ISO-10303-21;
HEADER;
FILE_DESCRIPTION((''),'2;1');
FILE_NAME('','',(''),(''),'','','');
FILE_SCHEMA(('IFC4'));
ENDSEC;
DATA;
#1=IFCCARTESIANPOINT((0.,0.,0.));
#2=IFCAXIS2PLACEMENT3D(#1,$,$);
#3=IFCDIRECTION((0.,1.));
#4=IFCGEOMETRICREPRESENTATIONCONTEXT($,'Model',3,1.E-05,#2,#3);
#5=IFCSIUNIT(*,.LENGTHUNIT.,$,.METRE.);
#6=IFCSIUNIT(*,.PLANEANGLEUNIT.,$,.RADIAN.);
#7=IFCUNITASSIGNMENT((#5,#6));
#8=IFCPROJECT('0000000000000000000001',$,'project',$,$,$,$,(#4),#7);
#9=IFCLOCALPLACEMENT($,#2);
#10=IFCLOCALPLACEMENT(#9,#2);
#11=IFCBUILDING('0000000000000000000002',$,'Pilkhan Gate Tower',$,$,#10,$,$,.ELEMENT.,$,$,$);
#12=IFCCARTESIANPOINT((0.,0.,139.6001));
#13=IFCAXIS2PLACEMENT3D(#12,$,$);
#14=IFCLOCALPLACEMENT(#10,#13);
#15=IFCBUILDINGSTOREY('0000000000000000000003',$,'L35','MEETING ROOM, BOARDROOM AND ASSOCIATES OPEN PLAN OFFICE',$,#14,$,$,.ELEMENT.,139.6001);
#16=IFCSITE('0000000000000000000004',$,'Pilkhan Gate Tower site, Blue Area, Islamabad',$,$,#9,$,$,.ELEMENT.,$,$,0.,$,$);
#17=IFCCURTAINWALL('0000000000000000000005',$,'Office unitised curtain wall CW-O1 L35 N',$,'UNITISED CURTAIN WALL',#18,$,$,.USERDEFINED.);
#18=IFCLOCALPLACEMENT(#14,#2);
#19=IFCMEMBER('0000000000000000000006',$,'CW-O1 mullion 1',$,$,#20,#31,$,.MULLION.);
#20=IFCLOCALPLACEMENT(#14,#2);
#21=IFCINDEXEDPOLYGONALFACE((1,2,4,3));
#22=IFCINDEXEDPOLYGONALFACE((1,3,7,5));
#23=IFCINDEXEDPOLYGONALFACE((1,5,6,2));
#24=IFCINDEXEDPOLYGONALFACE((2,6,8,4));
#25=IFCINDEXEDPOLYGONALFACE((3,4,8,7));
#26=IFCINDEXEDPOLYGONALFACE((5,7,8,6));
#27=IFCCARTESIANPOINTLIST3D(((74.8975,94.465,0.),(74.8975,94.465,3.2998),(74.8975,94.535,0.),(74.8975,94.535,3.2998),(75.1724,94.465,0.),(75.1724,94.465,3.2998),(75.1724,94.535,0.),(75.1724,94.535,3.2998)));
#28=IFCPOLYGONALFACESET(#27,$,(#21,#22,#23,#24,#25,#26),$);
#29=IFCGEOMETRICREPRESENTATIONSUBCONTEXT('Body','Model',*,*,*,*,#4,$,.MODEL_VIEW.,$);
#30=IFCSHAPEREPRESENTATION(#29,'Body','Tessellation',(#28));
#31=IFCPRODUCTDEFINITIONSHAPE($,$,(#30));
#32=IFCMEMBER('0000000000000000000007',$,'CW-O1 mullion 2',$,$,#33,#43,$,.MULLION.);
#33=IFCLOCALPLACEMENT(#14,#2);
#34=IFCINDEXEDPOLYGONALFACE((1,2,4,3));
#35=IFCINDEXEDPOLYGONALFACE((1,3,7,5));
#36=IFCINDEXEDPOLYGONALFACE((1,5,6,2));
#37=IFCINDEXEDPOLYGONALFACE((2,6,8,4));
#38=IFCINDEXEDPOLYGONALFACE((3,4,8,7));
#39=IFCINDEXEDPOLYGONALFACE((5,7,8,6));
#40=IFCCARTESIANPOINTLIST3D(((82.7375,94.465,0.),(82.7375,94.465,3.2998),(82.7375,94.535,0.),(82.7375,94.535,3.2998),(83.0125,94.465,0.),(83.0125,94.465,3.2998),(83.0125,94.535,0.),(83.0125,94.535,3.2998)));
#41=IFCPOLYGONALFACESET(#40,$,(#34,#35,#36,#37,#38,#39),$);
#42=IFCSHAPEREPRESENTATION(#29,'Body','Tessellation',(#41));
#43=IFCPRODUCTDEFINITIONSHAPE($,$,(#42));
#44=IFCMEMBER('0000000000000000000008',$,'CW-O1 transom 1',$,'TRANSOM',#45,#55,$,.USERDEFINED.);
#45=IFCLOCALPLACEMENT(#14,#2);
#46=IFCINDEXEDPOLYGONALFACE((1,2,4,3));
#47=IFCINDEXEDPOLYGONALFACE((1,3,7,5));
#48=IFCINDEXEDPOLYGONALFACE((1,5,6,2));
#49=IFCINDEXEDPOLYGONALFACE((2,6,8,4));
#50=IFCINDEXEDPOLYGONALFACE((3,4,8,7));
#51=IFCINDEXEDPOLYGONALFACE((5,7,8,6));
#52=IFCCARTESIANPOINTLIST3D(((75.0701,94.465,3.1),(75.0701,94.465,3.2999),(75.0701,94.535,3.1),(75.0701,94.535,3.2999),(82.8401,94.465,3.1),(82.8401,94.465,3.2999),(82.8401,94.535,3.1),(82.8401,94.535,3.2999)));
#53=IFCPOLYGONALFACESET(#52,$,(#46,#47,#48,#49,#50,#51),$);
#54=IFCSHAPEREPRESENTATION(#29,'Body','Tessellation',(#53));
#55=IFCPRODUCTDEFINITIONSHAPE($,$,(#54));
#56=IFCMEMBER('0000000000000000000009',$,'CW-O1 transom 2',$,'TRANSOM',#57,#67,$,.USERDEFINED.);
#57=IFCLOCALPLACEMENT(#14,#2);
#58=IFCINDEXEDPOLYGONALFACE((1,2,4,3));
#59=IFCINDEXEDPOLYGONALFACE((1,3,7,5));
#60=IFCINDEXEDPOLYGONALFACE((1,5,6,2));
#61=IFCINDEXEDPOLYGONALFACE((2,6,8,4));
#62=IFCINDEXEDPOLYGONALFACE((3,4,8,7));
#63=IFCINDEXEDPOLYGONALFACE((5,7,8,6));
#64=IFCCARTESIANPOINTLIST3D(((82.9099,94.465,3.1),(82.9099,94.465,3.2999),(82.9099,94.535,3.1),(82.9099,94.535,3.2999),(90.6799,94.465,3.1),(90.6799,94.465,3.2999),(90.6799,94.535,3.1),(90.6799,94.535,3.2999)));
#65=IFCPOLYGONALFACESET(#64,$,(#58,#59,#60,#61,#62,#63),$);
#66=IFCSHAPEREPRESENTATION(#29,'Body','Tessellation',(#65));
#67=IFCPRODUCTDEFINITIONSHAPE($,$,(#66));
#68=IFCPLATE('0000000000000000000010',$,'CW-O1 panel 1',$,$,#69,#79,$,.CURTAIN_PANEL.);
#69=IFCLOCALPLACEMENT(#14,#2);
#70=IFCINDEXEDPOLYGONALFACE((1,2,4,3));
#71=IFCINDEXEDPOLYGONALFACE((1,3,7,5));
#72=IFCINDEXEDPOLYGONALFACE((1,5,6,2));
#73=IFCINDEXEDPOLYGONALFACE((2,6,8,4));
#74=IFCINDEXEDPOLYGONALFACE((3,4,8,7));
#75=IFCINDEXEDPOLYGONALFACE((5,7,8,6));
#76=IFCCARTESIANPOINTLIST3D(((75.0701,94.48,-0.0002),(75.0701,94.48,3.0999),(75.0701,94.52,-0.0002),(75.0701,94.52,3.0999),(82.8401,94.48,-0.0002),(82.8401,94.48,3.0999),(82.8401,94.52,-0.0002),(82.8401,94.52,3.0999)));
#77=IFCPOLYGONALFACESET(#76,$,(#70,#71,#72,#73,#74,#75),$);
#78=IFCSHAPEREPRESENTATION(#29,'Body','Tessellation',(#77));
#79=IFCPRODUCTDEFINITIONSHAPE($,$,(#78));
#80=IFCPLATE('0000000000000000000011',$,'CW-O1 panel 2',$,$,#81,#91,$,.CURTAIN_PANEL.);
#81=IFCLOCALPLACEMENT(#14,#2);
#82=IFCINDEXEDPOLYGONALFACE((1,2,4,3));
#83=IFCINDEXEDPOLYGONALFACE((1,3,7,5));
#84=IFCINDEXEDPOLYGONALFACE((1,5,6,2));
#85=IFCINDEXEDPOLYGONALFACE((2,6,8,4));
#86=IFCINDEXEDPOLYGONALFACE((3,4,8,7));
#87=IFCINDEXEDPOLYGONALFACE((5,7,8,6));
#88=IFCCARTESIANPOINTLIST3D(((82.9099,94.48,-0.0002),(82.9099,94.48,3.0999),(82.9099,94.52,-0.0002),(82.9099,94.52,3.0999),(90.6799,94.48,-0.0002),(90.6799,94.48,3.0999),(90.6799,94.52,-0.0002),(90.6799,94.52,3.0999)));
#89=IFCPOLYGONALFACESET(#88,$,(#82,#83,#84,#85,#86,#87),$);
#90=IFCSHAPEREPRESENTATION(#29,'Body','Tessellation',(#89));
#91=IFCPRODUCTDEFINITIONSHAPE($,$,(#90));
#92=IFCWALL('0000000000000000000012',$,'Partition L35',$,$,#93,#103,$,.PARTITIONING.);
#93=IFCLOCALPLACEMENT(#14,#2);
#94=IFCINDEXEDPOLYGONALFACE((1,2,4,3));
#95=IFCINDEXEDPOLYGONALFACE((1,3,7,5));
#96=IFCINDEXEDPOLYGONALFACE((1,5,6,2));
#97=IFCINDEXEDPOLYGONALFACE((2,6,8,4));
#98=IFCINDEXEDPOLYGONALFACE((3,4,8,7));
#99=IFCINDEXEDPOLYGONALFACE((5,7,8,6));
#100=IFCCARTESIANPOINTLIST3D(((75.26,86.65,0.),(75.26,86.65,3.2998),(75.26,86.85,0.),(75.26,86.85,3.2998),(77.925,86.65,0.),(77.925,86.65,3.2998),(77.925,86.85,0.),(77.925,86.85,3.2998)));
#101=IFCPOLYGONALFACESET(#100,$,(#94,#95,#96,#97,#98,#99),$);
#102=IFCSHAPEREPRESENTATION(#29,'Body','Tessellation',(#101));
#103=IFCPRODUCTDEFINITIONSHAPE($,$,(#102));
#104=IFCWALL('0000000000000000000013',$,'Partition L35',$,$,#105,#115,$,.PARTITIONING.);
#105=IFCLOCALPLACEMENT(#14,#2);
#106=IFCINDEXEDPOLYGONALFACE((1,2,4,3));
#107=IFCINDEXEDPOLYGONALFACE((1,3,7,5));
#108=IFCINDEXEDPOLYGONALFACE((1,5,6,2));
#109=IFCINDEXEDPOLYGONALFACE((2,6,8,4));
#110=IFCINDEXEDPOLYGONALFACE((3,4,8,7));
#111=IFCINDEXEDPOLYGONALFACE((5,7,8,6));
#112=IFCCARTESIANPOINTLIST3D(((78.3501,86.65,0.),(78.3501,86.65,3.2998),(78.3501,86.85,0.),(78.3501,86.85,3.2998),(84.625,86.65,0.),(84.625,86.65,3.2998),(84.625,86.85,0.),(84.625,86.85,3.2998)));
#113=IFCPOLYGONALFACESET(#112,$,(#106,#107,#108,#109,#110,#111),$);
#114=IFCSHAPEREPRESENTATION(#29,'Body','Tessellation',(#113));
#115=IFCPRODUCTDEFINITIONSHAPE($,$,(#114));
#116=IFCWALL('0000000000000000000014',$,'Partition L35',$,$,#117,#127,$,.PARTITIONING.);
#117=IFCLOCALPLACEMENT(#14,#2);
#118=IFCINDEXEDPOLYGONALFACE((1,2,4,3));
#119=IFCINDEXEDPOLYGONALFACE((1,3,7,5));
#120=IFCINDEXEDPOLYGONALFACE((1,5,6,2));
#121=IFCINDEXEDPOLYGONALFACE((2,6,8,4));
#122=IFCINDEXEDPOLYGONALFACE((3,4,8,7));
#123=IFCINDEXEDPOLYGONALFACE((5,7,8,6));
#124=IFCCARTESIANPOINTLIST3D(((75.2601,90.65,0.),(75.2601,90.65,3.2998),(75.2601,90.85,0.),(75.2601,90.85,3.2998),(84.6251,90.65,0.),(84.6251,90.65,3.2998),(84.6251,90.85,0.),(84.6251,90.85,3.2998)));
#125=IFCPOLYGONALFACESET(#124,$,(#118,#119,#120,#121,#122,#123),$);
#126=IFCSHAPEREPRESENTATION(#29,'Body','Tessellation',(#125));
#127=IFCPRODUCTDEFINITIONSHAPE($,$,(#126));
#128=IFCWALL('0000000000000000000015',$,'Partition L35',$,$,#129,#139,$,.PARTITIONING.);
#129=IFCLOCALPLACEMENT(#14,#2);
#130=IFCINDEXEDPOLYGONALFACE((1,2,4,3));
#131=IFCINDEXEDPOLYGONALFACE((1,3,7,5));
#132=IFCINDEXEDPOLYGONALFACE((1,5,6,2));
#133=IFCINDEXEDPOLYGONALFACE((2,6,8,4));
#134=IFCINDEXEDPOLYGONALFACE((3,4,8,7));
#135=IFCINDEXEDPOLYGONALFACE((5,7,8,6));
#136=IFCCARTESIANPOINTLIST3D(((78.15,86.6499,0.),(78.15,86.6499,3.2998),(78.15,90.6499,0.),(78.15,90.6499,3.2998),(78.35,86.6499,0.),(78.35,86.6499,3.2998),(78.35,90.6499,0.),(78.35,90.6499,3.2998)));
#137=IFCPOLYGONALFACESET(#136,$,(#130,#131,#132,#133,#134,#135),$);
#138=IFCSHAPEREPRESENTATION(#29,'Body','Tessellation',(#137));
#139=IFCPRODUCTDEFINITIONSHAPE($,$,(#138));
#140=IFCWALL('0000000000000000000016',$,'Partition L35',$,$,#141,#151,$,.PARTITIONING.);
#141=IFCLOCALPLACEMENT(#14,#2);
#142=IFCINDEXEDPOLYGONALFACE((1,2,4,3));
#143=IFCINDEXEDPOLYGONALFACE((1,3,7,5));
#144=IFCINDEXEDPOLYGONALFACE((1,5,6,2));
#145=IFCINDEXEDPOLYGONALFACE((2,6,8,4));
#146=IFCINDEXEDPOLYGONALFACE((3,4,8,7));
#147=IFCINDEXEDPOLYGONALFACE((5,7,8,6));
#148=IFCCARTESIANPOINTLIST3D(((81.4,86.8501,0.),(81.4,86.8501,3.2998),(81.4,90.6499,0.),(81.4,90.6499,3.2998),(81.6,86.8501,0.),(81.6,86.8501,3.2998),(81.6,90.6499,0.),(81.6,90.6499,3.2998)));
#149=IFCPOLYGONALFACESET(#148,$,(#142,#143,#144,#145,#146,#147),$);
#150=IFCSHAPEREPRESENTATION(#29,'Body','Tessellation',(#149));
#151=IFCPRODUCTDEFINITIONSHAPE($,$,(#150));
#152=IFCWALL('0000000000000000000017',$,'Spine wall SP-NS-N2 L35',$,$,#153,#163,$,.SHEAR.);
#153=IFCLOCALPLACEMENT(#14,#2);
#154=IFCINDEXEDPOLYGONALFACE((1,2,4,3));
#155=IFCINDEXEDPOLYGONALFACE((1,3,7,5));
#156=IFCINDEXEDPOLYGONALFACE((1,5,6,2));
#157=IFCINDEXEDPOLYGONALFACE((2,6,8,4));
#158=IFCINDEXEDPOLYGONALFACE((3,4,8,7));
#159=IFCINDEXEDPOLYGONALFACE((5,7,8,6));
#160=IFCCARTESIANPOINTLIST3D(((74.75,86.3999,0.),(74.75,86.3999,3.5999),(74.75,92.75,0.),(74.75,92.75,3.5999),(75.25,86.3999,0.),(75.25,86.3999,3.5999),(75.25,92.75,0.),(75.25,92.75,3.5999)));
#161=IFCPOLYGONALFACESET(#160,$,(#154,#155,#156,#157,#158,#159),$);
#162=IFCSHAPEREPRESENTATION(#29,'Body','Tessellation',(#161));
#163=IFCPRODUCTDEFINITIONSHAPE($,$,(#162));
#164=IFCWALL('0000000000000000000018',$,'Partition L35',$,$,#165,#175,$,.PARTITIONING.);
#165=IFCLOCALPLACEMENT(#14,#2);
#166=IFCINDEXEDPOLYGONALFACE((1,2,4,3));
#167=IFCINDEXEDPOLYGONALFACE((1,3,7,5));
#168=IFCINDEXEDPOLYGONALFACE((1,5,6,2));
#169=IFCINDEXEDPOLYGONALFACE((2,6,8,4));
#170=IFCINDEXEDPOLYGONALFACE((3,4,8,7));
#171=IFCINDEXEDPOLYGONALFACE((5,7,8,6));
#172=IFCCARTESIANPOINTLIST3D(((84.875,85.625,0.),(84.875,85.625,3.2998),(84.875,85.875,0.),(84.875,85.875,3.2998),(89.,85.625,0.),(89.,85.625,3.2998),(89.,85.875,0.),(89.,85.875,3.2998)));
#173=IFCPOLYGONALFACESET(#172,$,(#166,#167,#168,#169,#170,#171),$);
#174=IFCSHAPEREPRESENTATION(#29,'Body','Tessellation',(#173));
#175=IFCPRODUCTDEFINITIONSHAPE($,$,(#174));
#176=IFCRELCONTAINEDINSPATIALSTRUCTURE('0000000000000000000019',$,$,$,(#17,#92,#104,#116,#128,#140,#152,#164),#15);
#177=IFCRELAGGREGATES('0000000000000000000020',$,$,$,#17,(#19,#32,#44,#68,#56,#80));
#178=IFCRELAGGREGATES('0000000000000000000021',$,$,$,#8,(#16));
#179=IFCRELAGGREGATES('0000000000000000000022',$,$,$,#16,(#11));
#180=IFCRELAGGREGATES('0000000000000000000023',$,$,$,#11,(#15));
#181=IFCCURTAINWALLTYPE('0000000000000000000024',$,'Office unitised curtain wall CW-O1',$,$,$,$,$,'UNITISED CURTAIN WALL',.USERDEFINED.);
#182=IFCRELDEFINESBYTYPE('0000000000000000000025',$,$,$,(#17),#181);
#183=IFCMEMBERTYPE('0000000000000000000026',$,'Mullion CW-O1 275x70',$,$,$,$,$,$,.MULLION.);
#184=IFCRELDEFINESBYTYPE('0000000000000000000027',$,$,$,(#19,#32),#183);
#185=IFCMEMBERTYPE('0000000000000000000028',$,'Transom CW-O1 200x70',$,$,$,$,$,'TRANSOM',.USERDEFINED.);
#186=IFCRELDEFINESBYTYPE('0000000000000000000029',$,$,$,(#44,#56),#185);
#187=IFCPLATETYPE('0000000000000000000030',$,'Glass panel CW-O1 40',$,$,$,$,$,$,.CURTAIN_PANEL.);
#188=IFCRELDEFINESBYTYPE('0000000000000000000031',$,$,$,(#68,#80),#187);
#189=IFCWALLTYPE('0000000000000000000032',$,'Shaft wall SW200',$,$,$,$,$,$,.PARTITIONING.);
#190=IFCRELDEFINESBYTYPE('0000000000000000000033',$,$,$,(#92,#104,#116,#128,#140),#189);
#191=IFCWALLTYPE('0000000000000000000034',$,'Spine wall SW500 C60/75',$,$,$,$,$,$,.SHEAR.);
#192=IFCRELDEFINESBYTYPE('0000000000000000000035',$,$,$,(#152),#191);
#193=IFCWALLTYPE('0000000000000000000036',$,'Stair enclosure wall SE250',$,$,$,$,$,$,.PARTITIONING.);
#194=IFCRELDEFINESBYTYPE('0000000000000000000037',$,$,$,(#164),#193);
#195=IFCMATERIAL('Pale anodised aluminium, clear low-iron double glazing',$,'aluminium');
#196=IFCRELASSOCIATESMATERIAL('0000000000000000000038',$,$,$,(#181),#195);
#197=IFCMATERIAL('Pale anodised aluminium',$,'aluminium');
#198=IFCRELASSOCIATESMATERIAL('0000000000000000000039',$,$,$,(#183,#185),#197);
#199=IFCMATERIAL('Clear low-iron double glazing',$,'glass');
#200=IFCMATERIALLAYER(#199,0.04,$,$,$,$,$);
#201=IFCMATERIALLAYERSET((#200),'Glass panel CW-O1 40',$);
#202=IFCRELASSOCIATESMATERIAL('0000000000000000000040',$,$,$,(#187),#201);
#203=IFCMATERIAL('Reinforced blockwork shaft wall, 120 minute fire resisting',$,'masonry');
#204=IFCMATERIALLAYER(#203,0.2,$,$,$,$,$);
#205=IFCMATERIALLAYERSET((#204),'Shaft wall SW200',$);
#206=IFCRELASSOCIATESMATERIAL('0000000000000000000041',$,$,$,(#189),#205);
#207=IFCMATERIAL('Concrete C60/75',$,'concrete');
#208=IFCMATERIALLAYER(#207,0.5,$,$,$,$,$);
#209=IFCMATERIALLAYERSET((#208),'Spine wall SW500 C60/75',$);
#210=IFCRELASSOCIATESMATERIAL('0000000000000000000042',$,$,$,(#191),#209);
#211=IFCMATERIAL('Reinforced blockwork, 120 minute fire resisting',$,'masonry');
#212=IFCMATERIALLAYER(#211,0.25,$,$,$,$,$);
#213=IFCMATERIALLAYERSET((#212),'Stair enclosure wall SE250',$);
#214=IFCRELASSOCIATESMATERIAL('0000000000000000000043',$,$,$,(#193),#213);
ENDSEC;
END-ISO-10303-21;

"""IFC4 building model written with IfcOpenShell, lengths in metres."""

from ifc_helpers import new_model, si_unit, direction, frame, frame_2d, origin, origin_2d, place, context, subcontext, project, spatial, rectangle, extrude, material, layer, layer_set, material_profile, profile_set, type_object, element, aggregate, save


model = new_model("IFC4")

# Units and contexts
model_context = context("Model", 3, precision=1e-05, world=origin(), true_north=direction((0.0, 1.0)))
body_context = subcontext(model_context, "Body", "Model", "MODEL_VIEW")
ifc_project = project(units=[si_unit("LENGTHUNIT", "METRE"), si_unit("PLANEANGLEUNIT", "RADIAN")], contexts=[model_context])

# Site, building, storey
site_placement = place(None, origin())
site = spatial("IfcSite", under=ifc_project, at=site_placement, Name="Pilkhan Gate Tower site, Blue Area, Islamabad", CompositionType="ELEMENT", RefElevation=0.0)
building_placement = place(site_placement, origin())
building = spatial("IfcBuilding", under=site, at=building_placement, Name="Pilkhan Gate Tower", CompositionType="ELEMENT")
storey_placement = place(building_placement, frame((0.0, 0.0, 139.6001)))
storey = spatial("IfcBuildingStorey", under=building, at=storey_placement, Name="L35", Description="MEETING ROOM, BOARDROOM AND ASSOCIATES OPEN PLAN OFFICE", CompositionType="ELEMENT", Elevation=139.6001)

# Curtain wall, members, plates
ifc_material_1 = material(Name="Pale anodised aluminium, clear low-iron double glazing", Category="aluminium")
curtain_wall_type = type_object("IfcCurtainWallType", Name="Office unitised curtain wall CW-O1", ElementType="UNITISED CURTAIN WALL", PredefinedType="USERDEFINED", material=ifc_material_1)
curtain_wall_placement = place(storey_placement, origin())
curtain_wall = element("IfcCurtainWall", 1, at=curtain_wall_placement, inside=storey, type_object=curtain_wall_type, Name="Office unitised curtain wall CW-O1 L35 N", ObjectType="UNITISED CURTAIN WALL", PredefinedType="USERDEFINED")
ifc_material_2 = material(Name="Pale anodised aluminium", Category="aluminium")
ifc_material_profile_1 = material_profile(ifc_material_2, rectangle(XDim=0.0701, YDim=0.2749, at=origin_2d()), Name="Mullion 275x70")
ifc_profile_set_1 = profile_set([ifc_material_profile_1], Name="Pale anodised aluminium")
member_type_1 = type_object("IfcMemberType", Name="Mullion CW-O1 275x70", PredefinedType="MULLION", material=ifc_profile_set_1)
member_1_placement = place(storey_placement, frame((75.0349, 94.5, 0.0), z_axis=(0.0, 0.0, 1.0), x_axis=(0.0, 1.0, 0.0)))
member_1 = element("IfcMember", 2, at=member_1_placement, type_object=member_type_1, Name="CW-O1 mullion 1", PredefinedType="MULLION", context=body_context, shape_type="SweptSolid", body=[
    extrude(rectangle(XDim=0.0701, YDim=0.2749, at=origin_2d()), origin(), (0.0, 0.0, 1.0), 3.2998),
])
member_2_placement = place(storey_placement, frame((82.875, 94.5, 0.0), z_axis=(0.0, 0.0, 1.0), x_axis=(0.0, 1.0, 0.0)))
member_2 = element("IfcMember", 3, at=member_2_placement, type_object=member_type_1, Name="CW-O1 mullion 2", PredefinedType="MULLION", context=body_context, shape_type="SweptSolid", body=[
    extrude(rectangle(XDim=0.0701, YDim=0.2749, at=origin_2d()), origin(), (0.0, 0.0, 1.0), 3.2998),
])
ifc_material_profile_2 = material_profile(ifc_material_2, rectangle(XDim=0.0701, YDim=0.2, at=origin_2d()), Name="Transom 200x70")
ifc_profile_set_2 = profile_set([ifc_material_profile_2], Name="Pale anodised aluminium")
member_type_2 = type_object("IfcMemberType", Name="Transom CW-O1 200x70", ElementType="TRANSOM", PredefinedType="USERDEFINED", material=ifc_profile_set_2)
member_3_placement = place(storey_placement, frame((75.0701, 94.5, 3.2), z_axis=(1.0, 0.0, 0.0), x_axis=(0.0, 1.0, 0.0)))
member_3 = element("IfcMember", 4, at=member_3_placement, type_object=member_type_2, Name="CW-O1 transom 1", ObjectType="TRANSOM", PredefinedType="USERDEFINED", context=body_context, shape_type="SweptSolid", body=[
    extrude(rectangle(XDim=0.0701, YDim=0.2, at=origin_2d()), origin(), (0.0, 0.0, 1.0), 7.77),
])
member_4_placement = place(storey_placement, frame((82.9099, 94.5, 3.2), z_axis=(1.0, 0.0, 0.0), x_axis=(0.0, 1.0, 0.0)))
member_4 = element("IfcMember", 5, at=member_4_placement, type_object=member_type_2, Name="CW-O1 transom 2", ObjectType="TRANSOM", PredefinedType="USERDEFINED", context=body_context, shape_type="SweptSolid", body=[
    extrude(rectangle(XDim=0.0701, YDim=0.2, at=origin_2d()), origin(), (0.0, 0.0, 1.0), 7.77),
])
ifc_material_3 = material(Name="Clear low-iron double glazing", Category="glass")
ifc_layer_1 = layer(ifc_material_3, 0.04)
ifc_layer_set_1 = layer_set([ifc_layer_1], Name="Glass panel CW-O1 40")
plate_type = type_object("IfcPlateType", Name="Glass panel CW-O1 40", PredefinedType="CURTAIN_PANEL", material=ifc_layer_set_1)
plate_1_placement = place(storey_placement, frame((78.9551, 94.5, -0.0002), z_axis=(0.0, 0.0, 1.0), x_axis=(1.0, 0.0, 0.0)))
plate_1 = element("IfcPlate", 6, at=plate_1_placement, type_object=plate_type, Name="CW-O1 panel 1", PredefinedType="CURTAIN_PANEL", context=body_context, shape_type="SweptSolid", body=[
    extrude(rectangle(XDim=7.77, YDim=0.04, at=origin_2d()), origin(), (0.0, 0.0, 1.0), 3.1001),
])
plate_2_placement = place(storey_placement, frame((86.7949, 94.5, -0.0002), z_axis=(0.0, 0.0, 1.0), x_axis=(1.0, 0.0, 0.0)))
plate_2 = element("IfcPlate", 7, at=plate_2_placement, type_object=plate_type, Name="CW-O1 panel 2", PredefinedType="CURTAIN_PANEL", context=body_context, shape_type="SweptSolid", body=[
    extrude(rectangle(XDim=7.77, YDim=0.04, at=origin_2d()), origin(), (0.0, 0.0, 1.0), 3.1001),
])
aggregate(curtain_wall, [member_1, member_2, member_3, plate_1, member_4, plate_2])

# Walls
ifc_material_4 = material(Name="Reinforced blockwork shaft wall, 120 minute fire resisting", Category="masonry")
ifc_layer_2 = layer(ifc_material_4, 0.2)
ifc_layer_set_2 = layer_set([ifc_layer_2], Name="Shaft wall SW200")
wall_type_1 = type_object("IfcWallType", Name="Shaft wall SW200", PredefinedType="PARTITIONING", material=ifc_layer_set_2)
wall_1_placement = place(storey_placement, frame((75.26, 86.75, 0.0), z_axis=(0.0, 0.0, 1.0), x_axis=(1.0, 0.0, 0.0)))
element("IfcWall", 8, at=wall_1_placement, inside=storey, type_object=wall_type_1, Name="Partition L35", PredefinedType="PARTITIONING", context=body_context, shape_type="SweptSolid", body=[
    extrude(rectangle(XDim=2.665, YDim=0.2, at=frame_2d((1.3325, 0.0))), origin(), (0.0, 0.0, 1.0), 3.2998),
])
wall_2_placement = place(storey_placement, frame((78.3501, 86.75, 0.0), z_axis=(0.0, 0.0, 1.0), x_axis=(1.0, 0.0, 0.0)))
element("IfcWall", 9, at=wall_2_placement, inside=storey, type_object=wall_type_1, Name="Partition L35", PredefinedType="PARTITIONING", context=body_context, shape_type="SweptSolid", body=[
    extrude(rectangle(XDim=6.2749, YDim=0.2, at=frame_2d((3.1375, 0.0))), origin(), (0.0, 0.0, 1.0), 3.2998),
])
wall_3_placement = place(storey_placement, frame((75.26, 90.75, 0.0), z_axis=(0.0, 0.0, 1.0), x_axis=(1.0, 0.0, 0.0)))
element("IfcWall", 10, at=wall_3_placement, inside=storey, type_object=wall_type_1, Name="Partition L35", PredefinedType="PARTITIONING", context=body_context, shape_type="SweptSolid", body=[
    extrude(rectangle(XDim=9.365, YDim=0.2, at=frame_2d((4.6826, 0.0))), origin(), (0.0, 0.0, 1.0), 3.2998),
])
wall_4_placement = place(storey_placement, frame((78.25, 86.6499, 0.0), z_axis=(0.0, 0.0, 1.0), x_axis=(0.0, 1.0, 0.0)))
element("IfcWall", 11, at=wall_4_placement, inside=storey, type_object=wall_type_1, Name="Partition L35", PredefinedType="PARTITIONING", context=body_context, shape_type="SweptSolid", body=[
    extrude(rectangle(XDim=4.0, YDim=0.2, at=frame_2d((2.0, 0.0))), origin(), (0.0, 0.0, 1.0), 3.2998),
])
wall_5_placement = place(storey_placement, frame((81.5, 86.8501, 0.0), z_axis=(0.0, 0.0, 1.0), x_axis=(0.0, 1.0, 0.0)))
element("IfcWall", 12, at=wall_5_placement, inside=storey, type_object=wall_type_1, Name="Partition L35", PredefinedType="PARTITIONING", context=body_context, shape_type="SweptSolid", body=[
    extrude(rectangle(XDim=3.7998, YDim=0.2, at=frame_2d((1.8999, 0.0))), origin(), (0.0, 0.0, 1.0), 3.2998),
])
ifc_material_5 = material(Name="Concrete C60/75", Category="concrete")
ifc_layer_3 = layer(ifc_material_5, 0.5)
ifc_layer_set_3 = layer_set([ifc_layer_3], Name="Spine wall SW500 C60/75")
wall_type_2 = type_object("IfcWallType", Name="Spine wall SW500 C60/75", PredefinedType="SHEAR", material=ifc_layer_set_3)
wall_6_placement = place(storey_placement, frame((75.0, 86.3999, 0.0), z_axis=(0.0, 0.0, 1.0), x_axis=(0.0, 1.0, 0.0)))
element("IfcWall", 13, at=wall_6_placement, inside=storey, type_object=wall_type_2, Name="Spine wall SP-NS-N2 L35", PredefinedType="SHEAR", context=body_context, shape_type="SweptSolid", body=[
    extrude(rectangle(XDim=6.3501, YDim=0.5, at=frame_2d((3.175, 0.0))), origin(), (0.0, 0.0, 1.0), 3.5999),
])
ifc_material_6 = material(Name="Reinforced blockwork, 120 minute fire resisting", Category="masonry")
ifc_layer_4 = layer(ifc_material_6, 0.25)
ifc_layer_set_4 = layer_set([ifc_layer_4], Name="Stair enclosure wall SE250")
wall_type_3 = type_object("IfcWallType", Name="Stair enclosure wall SE250", PredefinedType="PARTITIONING", material=ifc_layer_set_4)
wall_7_placement = place(storey_placement, frame((84.875, 85.75, 0.0), z_axis=(0.0, 0.0, 1.0), x_axis=(1.0, 0.0, 0.0)))
element("IfcWall", 14, at=wall_7_placement, inside=storey, type_object=wall_type_3, Name="Partition L35", PredefinedType="PARTITIONING", context=body_context, shape_type="SweptSolid", body=[
    extrude(rectangle(XDim=4.125, YDim=0.25, at=frame_2d((2.0625, 0.0))), origin(), (0.0, 0.0, 1.0), 3.2998),
])

save(model, "model.ifc")
